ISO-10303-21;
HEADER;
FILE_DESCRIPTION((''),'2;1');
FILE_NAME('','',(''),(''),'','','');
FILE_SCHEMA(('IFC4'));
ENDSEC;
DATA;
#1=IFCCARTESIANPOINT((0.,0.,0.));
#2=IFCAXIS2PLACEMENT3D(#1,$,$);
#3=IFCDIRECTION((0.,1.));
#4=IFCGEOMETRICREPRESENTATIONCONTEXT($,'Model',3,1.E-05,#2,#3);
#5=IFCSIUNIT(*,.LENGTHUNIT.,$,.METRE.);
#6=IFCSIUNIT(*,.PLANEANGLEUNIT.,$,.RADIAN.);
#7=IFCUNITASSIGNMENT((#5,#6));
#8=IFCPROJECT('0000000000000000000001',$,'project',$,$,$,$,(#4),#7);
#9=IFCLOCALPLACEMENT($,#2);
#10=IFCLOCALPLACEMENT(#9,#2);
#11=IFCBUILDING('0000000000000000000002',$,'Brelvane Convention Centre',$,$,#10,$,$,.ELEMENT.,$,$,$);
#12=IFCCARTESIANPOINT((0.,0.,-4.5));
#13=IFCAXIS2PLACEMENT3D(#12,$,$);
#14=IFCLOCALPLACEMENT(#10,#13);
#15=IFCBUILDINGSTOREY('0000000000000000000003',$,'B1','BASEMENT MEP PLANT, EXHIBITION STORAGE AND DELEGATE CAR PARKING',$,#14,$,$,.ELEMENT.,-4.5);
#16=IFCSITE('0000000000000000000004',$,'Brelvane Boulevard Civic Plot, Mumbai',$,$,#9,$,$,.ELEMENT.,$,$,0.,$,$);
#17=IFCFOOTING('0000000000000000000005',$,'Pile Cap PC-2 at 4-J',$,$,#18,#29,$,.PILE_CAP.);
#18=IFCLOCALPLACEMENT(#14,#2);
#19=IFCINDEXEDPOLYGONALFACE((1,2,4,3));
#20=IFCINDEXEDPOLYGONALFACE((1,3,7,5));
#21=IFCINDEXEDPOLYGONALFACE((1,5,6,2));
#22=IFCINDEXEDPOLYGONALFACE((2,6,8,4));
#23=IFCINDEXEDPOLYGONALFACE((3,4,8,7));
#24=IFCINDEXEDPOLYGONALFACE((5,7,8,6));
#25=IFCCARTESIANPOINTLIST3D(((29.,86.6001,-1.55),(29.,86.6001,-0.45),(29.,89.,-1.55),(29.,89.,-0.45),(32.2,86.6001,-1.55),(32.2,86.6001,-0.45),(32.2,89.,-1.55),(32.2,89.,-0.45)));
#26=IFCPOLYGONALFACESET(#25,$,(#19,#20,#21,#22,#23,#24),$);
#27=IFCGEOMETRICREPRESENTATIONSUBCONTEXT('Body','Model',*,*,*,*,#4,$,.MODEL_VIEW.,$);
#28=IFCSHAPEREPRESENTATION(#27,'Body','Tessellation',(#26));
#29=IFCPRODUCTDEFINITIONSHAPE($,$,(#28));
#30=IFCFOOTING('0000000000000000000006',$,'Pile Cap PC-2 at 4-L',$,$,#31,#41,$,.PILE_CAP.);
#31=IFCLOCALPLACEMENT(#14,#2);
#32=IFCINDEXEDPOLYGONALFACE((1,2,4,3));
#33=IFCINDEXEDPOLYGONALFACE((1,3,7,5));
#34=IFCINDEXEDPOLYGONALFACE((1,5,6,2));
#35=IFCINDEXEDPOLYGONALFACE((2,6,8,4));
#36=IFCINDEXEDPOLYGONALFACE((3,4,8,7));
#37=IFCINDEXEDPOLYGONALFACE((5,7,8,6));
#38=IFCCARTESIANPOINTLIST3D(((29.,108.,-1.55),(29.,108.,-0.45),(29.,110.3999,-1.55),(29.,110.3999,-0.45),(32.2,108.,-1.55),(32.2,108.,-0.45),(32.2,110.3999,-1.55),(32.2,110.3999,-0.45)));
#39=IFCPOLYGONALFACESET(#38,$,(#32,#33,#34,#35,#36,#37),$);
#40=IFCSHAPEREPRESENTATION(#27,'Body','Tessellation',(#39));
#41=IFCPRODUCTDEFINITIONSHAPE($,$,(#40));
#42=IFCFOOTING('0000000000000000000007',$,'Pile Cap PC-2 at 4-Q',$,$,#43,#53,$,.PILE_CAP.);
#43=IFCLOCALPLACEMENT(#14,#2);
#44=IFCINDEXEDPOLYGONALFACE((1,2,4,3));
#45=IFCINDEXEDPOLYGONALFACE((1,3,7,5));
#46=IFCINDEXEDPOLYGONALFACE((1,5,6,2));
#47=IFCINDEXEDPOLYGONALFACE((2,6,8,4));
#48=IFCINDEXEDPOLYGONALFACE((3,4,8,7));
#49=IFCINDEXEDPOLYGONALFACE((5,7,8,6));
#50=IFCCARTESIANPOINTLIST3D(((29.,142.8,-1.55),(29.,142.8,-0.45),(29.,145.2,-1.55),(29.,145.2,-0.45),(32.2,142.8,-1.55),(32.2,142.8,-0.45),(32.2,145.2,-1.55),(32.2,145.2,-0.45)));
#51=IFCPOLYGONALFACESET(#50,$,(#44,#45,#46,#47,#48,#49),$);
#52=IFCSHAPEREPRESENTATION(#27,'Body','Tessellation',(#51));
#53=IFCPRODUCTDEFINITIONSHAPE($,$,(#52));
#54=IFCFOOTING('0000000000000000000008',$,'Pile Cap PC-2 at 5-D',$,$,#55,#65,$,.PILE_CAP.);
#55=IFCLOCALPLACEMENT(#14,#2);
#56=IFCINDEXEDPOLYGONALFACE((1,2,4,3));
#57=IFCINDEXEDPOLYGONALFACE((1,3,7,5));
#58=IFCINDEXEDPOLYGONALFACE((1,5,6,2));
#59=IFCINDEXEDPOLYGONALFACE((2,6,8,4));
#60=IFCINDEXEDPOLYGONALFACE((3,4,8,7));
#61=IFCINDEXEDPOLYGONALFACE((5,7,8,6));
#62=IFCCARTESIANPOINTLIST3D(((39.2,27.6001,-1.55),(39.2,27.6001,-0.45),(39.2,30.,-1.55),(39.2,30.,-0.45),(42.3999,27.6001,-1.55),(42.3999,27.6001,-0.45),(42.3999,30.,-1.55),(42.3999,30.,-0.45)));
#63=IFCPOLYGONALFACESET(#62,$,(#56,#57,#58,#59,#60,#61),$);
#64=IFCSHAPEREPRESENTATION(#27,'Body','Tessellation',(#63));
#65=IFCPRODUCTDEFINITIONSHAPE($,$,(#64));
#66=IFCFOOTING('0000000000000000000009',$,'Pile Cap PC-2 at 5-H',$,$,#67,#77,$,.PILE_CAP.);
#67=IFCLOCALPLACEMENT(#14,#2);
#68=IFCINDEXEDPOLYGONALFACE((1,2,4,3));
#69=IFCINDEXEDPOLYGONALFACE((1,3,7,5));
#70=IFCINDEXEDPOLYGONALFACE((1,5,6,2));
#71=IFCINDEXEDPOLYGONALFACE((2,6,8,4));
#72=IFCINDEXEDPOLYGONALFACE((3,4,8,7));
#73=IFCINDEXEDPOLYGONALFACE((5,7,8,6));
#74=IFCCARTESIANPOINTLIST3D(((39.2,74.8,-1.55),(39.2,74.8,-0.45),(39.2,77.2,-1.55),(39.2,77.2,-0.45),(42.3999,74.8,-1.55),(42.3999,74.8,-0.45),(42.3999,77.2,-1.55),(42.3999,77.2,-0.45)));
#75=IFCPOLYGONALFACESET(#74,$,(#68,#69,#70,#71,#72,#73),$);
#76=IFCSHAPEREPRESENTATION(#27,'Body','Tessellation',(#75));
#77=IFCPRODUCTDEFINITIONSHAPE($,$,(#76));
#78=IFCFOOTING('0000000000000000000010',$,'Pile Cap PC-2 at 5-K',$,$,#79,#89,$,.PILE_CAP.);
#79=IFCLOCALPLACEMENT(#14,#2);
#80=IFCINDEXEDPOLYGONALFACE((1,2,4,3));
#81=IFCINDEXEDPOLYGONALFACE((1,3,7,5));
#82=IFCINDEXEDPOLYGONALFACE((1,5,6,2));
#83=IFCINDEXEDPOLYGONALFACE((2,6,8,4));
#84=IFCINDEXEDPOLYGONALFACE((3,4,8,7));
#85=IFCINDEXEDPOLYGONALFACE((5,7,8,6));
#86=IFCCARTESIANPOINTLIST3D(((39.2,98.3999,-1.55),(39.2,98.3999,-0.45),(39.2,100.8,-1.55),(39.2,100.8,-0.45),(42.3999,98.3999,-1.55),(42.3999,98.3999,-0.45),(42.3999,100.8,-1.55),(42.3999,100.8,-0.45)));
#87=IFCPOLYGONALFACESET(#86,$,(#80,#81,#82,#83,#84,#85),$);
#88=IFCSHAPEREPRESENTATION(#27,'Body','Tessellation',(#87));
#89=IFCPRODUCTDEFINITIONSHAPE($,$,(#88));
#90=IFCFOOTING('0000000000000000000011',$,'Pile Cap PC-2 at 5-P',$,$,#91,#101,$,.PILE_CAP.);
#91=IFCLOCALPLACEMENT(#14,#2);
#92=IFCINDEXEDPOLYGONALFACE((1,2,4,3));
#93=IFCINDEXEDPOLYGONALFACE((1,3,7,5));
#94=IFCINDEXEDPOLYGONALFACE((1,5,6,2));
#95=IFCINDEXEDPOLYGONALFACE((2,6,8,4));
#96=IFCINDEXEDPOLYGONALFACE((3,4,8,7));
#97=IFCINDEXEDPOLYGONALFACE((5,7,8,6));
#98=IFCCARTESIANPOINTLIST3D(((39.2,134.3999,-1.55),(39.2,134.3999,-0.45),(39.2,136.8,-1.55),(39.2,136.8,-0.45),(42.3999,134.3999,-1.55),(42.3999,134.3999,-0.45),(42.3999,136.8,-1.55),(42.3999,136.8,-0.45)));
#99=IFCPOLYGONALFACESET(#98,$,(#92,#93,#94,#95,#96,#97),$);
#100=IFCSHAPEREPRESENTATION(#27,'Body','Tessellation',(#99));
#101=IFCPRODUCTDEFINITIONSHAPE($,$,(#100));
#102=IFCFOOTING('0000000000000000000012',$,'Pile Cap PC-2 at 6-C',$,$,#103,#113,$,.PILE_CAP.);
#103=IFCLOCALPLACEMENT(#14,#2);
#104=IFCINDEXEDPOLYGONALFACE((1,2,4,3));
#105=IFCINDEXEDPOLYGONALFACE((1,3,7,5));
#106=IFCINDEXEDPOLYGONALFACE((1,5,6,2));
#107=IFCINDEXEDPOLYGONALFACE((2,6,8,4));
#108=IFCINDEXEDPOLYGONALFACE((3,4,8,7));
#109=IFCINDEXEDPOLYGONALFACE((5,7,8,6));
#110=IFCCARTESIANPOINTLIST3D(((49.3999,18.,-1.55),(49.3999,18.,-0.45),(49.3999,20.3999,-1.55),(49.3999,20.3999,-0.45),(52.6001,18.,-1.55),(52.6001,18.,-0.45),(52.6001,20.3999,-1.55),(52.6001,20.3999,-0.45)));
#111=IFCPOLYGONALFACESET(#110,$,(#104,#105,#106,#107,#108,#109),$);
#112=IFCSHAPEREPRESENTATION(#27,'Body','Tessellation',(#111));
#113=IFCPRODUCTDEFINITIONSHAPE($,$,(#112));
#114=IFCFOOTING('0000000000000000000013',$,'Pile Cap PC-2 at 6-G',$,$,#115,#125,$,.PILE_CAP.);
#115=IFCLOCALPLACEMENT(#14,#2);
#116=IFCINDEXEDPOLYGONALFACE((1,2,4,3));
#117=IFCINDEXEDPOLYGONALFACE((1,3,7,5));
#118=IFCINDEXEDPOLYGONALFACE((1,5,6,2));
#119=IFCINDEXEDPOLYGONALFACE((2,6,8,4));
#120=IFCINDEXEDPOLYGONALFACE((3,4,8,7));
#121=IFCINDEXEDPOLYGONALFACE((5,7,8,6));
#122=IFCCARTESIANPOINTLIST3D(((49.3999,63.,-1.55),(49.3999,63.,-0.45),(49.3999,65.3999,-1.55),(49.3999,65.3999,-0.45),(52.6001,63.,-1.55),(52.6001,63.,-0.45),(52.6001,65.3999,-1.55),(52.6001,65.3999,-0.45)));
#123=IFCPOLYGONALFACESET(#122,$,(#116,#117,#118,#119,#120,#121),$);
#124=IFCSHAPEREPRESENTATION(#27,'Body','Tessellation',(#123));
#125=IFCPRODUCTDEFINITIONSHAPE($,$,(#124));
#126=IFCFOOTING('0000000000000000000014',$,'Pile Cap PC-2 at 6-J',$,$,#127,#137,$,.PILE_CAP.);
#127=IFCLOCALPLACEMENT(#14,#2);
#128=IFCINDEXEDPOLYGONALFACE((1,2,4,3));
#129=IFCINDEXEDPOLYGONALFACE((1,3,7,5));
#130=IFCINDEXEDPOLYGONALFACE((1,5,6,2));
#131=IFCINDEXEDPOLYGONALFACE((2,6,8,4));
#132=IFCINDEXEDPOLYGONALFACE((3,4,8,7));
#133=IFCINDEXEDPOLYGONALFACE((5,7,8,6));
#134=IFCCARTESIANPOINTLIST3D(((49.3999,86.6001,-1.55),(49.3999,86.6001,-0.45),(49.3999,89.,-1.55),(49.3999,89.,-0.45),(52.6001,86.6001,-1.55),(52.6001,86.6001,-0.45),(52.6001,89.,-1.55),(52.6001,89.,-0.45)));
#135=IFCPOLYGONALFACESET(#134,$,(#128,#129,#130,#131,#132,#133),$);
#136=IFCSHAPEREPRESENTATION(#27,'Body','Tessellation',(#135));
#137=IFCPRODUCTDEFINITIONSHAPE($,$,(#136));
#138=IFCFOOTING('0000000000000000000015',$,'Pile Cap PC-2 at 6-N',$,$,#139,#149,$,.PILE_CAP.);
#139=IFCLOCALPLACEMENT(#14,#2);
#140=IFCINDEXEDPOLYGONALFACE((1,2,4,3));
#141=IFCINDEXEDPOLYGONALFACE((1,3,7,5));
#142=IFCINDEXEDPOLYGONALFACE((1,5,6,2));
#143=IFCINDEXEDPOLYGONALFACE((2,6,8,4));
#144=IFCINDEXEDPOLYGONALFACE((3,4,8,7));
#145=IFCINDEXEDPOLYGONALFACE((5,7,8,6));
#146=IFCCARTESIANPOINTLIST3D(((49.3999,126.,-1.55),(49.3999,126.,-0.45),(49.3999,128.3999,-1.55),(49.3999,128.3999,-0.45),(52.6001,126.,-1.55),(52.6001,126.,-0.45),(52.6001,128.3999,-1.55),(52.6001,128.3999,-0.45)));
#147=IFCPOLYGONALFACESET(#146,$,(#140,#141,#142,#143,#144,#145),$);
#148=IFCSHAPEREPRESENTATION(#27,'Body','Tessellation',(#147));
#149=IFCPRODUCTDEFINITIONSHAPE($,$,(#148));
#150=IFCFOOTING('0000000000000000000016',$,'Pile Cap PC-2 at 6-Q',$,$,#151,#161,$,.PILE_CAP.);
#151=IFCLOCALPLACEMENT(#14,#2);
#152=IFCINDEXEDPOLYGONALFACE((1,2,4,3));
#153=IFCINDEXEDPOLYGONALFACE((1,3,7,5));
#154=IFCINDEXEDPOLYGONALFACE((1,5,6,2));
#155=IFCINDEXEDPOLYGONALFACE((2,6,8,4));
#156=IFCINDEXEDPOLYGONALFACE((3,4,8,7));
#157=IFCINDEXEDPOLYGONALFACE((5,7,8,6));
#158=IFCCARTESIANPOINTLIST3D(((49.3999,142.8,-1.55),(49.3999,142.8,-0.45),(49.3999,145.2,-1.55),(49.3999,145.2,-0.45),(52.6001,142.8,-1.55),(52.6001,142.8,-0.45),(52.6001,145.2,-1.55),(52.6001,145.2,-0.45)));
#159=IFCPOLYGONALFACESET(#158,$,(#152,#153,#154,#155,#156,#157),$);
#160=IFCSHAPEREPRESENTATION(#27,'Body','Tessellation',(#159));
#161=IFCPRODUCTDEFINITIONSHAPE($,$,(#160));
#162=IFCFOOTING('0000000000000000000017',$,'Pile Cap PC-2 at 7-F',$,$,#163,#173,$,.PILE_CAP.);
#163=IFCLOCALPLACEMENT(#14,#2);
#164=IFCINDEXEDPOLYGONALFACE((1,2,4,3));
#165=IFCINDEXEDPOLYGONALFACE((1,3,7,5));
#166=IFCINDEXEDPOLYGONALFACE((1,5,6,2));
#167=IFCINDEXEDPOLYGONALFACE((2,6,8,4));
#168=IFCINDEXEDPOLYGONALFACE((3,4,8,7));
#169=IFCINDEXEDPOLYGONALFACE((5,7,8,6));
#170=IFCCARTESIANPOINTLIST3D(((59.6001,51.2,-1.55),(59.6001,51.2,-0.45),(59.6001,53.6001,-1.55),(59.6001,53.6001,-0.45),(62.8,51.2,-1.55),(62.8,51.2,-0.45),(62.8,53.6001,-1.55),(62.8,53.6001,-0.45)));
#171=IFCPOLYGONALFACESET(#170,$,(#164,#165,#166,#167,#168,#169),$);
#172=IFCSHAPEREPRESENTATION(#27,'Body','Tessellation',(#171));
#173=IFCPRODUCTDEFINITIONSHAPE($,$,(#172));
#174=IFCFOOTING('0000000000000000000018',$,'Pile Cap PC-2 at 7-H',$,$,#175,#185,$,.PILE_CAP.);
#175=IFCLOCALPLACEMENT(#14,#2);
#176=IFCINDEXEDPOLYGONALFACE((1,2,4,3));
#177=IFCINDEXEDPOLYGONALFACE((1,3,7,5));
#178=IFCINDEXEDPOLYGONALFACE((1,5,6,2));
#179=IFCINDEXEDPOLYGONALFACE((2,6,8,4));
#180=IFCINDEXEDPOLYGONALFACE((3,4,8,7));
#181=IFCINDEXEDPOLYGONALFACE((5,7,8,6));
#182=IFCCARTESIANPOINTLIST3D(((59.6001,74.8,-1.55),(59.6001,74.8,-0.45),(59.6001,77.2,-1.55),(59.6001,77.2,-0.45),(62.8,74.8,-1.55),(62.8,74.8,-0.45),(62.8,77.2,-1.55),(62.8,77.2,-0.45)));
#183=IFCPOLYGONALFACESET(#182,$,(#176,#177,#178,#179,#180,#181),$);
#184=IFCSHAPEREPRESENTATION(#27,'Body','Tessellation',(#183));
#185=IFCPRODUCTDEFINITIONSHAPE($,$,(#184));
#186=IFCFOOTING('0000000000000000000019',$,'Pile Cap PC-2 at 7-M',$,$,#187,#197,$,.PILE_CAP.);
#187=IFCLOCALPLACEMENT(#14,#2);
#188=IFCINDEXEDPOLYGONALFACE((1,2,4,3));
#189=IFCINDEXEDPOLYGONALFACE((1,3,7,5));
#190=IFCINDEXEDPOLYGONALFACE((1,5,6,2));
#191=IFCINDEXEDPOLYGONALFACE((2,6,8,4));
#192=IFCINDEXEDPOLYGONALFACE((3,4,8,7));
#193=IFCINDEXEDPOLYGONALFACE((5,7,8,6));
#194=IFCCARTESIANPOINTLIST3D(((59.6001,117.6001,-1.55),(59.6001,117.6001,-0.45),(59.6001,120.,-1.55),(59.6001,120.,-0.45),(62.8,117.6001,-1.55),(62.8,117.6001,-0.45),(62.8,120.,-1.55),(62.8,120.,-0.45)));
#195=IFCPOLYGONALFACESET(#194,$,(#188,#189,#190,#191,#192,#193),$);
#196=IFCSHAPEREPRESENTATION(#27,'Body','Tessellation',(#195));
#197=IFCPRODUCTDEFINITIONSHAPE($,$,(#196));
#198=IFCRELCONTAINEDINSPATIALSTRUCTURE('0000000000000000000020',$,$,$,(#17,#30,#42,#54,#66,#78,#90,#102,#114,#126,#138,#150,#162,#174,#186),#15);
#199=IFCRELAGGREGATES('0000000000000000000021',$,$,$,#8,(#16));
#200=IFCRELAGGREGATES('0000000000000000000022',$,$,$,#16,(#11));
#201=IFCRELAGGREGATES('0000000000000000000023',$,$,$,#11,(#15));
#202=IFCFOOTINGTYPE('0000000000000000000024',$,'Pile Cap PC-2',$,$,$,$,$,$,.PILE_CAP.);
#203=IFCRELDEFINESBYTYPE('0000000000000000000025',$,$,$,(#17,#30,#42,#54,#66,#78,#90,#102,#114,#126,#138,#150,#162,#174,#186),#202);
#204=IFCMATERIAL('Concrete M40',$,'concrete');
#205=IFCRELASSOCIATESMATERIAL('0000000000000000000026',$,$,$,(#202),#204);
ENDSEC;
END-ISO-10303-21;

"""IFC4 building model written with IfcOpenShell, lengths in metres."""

from ifc_helpers import new_model, si_unit, direction, frame, origin, place, context, subcontext, project, spatial, polyline, outline, extrude, material, type_object, element, save


model = new_model("IFC4")

# Units and contexts
model_context = context("Model", 3, precision=1e-05, world=origin(), true_north=direction((0.0, 1.0)))
body_context = subcontext(model_context, "Body", "Model", "MODEL_VIEW")
ifc_project = project(units=[si_unit("LENGTHUNIT", "METRE"), si_unit("PLANEANGLEUNIT", "RADIAN")], contexts=[model_context])

# Site, building, storey
site_placement = place(None, origin())
site = spatial("IfcSite", under=ifc_project, at=site_placement, Name="Brelvane Boulevard Civic Plot, Mumbai", CompositionType="ELEMENT", RefElevation=0.0)
building_placement = place(site_placement, origin())
building = spatial("IfcBuilding", under=site, at=building_placement, Name="Brelvane Convention Centre", CompositionType="ELEMENT")
storey_placement = place(building_placement, frame((0.0, 0.0, -4.5)))
storey = spatial("IfcBuildingStorey", under=building, at=storey_placement, Name="B1", Description="BASEMENT MEP PLANT, EXHIBITION STORAGE AND DELEGATE CAR PARKING", CompositionType="ELEMENT", Elevation=-4.5)

# Footings
ifc_material = material(Name="Concrete M40", Category="concrete")
footing_type = type_object("IfcFootingType", Name="Pile Cap PC-2", PredefinedType="PILE_CAP", material=ifc_material)
footing_1_placement = place(storey_placement, frame((0.0, 0.0, -1.55)))
element("IfcFooting", 1, at=footing_1_placement, inside=storey, type_object=footing_type, Name="Pile Cap PC-2 at 4-J", PredefinedType="PILE_CAP", context=body_context, shape_type="SweptSolid", body=[
    extrude(outline(polyline([(29.0, 86.6001), (32.2, 86.6001), (32.2, 89.0), (29.0, 89.0), (29.0, 86.6001)])), origin(), (0.0, 0.0, 1.0), 1.1001),
])
footing_2_placement = place(storey_placement, frame((0.0, 0.0, -1.55)))
element("IfcFooting", 2, at=footing_2_placement, inside=storey, type_object=footing_type, Name="Pile Cap PC-2 at 4-L", PredefinedType="PILE_CAP", context=body_context, shape_type="SweptSolid", body=[
    extrude(outline(polyline([(29.0, 108.0), (32.2, 108.0), (32.2, 110.3999), (29.0, 110.3999), (29.0, 108.0)])), origin(), (0.0, 0.0, 1.0), 1.1001),
])
footing_3_placement = place(storey_placement, frame((0.0, 0.0, -1.55)))
element("IfcFooting", 3, at=footing_3_placement, inside=storey, type_object=footing_type, Name="Pile Cap PC-2 at 4-Q", PredefinedType="PILE_CAP", context=body_context, shape_type="SweptSolid", body=[
    extrude(outline(polyline([(29.0, 142.8), (32.2, 142.8), (32.2, 145.2), (29.0, 145.2), (29.0, 142.8)])), origin(), (0.0, 0.0, 1.0), 1.1001),
])
footing_4_placement = place(storey_placement, frame((0.0, 0.0, -1.55)))
element("IfcFooting", 4, at=footing_4_placement, inside=storey, type_object=footing_type, Name="Pile Cap PC-2 at 5-D", PredefinedType="PILE_CAP", context=body_context, shape_type="SweptSolid", body=[
    extrude(outline(polyline([(39.2, 27.6001), (42.3999, 27.6001), (42.3999, 30.0), (39.2, 30.0), (39.2, 27.6001)])), origin(), (0.0, 0.0, 1.0), 1.1001),
])
footing_5_placement = place(storey_placement, frame((0.0, 0.0, -1.55)))
element("IfcFooting", 5, at=footing_5_placement, inside=storey, type_object=footing_type, Name="Pile Cap PC-2 at 5-H", PredefinedType="PILE_CAP", context=body_context, shape_type="SweptSolid", body=[
    extrude(outline(polyline([(39.2, 74.8), (42.3999, 74.8), (42.3999, 77.2), (39.2, 77.2), (39.2, 74.8)])), origin(), (0.0, 0.0, 1.0), 1.1001),
])
footing_6_placement = place(storey_placement, frame((0.0, 0.0, -1.55)))
element("IfcFooting", 6, at=footing_6_placement, inside=storey, type_object=footing_type, Name="Pile Cap PC-2 at 5-K", PredefinedType="PILE_CAP", context=body_context, shape_type="SweptSolid", body=[
    extrude(outline(polyline([(39.2, 98.3999), (42.3999, 98.3999), (42.3999, 100.8), (39.2, 100.8), (39.2, 98.3999)])), origin(), (0.0, 0.0, 1.0), 1.1001),
])
footing_7_placement = place(storey_placement, frame((0.0, 0.0, -1.55)))
element("IfcFooting", 7, at=footing_7_placement, inside=storey, type_object=footing_type, Name="Pile Cap PC-2 at 5-P", PredefinedType="PILE_CAP", context=body_context, shape_type="SweptSolid", body=[
    extrude(outline(polyline([(39.2, 134.3999), (42.3999, 134.3999), (42.3999, 136.8), (39.2, 136.8), (39.2, 134.3999)])), origin(), (0.0, 0.0, 1.0), 1.1001),
])
footing_8_placement = place(storey_placement, frame((0.0, 0.0, -1.55)))
element("IfcFooting", 8, at=footing_8_placement, inside=storey, type_object=footing_type, Name="Pile Cap PC-2 at 6-C", PredefinedType="PILE_CAP", context=body_context, shape_type="SweptSolid", body=[
    extrude(outline(polyline([(49.3999, 18.0), (52.6001, 18.0), (52.6001, 20.3999), (49.3999, 20.3999), (49.3999, 18.0)])), origin(), (0.0, 0.0, 1.0), 1.1001),
])
footing_9_placement = place(storey_placement, frame((0.0, 0.0, -1.55)))
element("IfcFooting", 9, at=footing_9_placement, inside=storey, type_object=footing_type, Name="Pile Cap PC-2 at 6-G", PredefinedType="PILE_CAP", context=body_context, shape_type="SweptSolid", body=[
    extrude(outline(polyline([(49.3999, 63.0), (52.6001, 63.0), (52.6001, 65.3999), (49.3999, 65.3999), (49.3999, 63.0)])), origin(), (0.0, 0.0, 1.0), 1.1001),
])
footing_10_placement = place(storey_placement, frame((0.0, 0.0, -1.55)))
element("IfcFooting", 10, at=footing_10_placement, inside=storey, type_object=footing_type, Name="Pile Cap PC-2 at 6-J", PredefinedType="PILE_CAP", context=body_context, shape_type="SweptSolid", body=[
    extrude(outline(polyline([(49.3999, 86.6001), (52.6001, 86.6001), (52.6001, 89.0), (49.3999, 89.0), (49.3999, 86.6001)])), origin(), (0.0, 0.0, 1.0), 1.1001),
])
footing_11_placement = place(storey_placement, frame((0.0, 0.0, -1.55)))
element("IfcFooting", 11, at=footing_11_placement, inside=storey, type_object=footing_type, Name="Pile Cap PC-2 at 6-N", PredefinedType="PILE_CAP", context=body_context, shape_type="SweptSolid", body=[
    extrude(outline(polyline([(49.3999, 126.0), (52.6001, 126.0), (52.6001, 128.3999), (49.3999, 128.3999), (49.3999, 126.0)])), origin(), (0.0, 0.0, 1.0), 1.1001),
])
footing_12_placement = place(storey_placement, frame((0.0, 0.0, -1.55)))
element("IfcFooting", 12, at=footing_12_placement, inside=storey, type_object=footing_type, Name="Pile Cap PC-2 at 6-Q", PredefinedType="PILE_CAP", context=body_context, shape_type="SweptSolid", body=[
    extrude(outline(polyline([(49.3999, 142.8), (52.6001, 142.8), (52.6001, 145.2), (49.3999, 145.2), (49.3999, 142.8)])), origin(), (0.0, 0.0, 1.0), 1.1001),
])
footing_13_placement = place(storey_placement, frame((0.0, 0.0, -1.55)))
element("IfcFooting", 13, at=footing_13_placement, inside=storey, type_object=footing_type, Name="Pile Cap PC-2 at 7-F", PredefinedType="PILE_CAP", context=body_context, shape_type="SweptSolid", body=[
    extrude(outline(polyline([(59.6001, 51.2), (62.8, 51.2), (62.8, 53.6001), (59.6001, 53.6001), (59.6001, 51.2)])), origin(), (0.0, 0.0, 1.0), 1.1001),
])
footing_14_placement = place(storey_placement, frame((0.0, 0.0, -1.55)))
element("IfcFooting", 14, at=footing_14_placement, inside=storey, type_object=footing_type, Name="Pile Cap PC-2 at 7-H", PredefinedType="PILE_CAP", context=body_context, shape_type="SweptSolid", body=[
    extrude(outline(polyline([(59.6001, 74.8), (62.8, 74.8), (62.8, 77.2), (59.6001, 77.2), (59.6001, 74.8)])), origin(), (0.0, 0.0, 1.0), 1.1001),
])
footing_15_placement = place(storey_placement, frame((0.0, 0.0, -1.55)))
element("IfcFooting", 15, at=footing_15_placement, inside=storey, type_object=footing_type, Name="Pile Cap PC-2 at 7-M", PredefinedType="PILE_CAP", context=body_context, shape_type="SweptSolid", body=[
    extrude(outline(polyline([(59.6001, 117.6001), (62.8, 117.6001), (62.8, 120.0), (59.6001, 120.0), (59.6001, 117.6001)])), origin(), (0.0, 0.0, 1.0), 1.1001),
])

save(model, "model.ifc")
